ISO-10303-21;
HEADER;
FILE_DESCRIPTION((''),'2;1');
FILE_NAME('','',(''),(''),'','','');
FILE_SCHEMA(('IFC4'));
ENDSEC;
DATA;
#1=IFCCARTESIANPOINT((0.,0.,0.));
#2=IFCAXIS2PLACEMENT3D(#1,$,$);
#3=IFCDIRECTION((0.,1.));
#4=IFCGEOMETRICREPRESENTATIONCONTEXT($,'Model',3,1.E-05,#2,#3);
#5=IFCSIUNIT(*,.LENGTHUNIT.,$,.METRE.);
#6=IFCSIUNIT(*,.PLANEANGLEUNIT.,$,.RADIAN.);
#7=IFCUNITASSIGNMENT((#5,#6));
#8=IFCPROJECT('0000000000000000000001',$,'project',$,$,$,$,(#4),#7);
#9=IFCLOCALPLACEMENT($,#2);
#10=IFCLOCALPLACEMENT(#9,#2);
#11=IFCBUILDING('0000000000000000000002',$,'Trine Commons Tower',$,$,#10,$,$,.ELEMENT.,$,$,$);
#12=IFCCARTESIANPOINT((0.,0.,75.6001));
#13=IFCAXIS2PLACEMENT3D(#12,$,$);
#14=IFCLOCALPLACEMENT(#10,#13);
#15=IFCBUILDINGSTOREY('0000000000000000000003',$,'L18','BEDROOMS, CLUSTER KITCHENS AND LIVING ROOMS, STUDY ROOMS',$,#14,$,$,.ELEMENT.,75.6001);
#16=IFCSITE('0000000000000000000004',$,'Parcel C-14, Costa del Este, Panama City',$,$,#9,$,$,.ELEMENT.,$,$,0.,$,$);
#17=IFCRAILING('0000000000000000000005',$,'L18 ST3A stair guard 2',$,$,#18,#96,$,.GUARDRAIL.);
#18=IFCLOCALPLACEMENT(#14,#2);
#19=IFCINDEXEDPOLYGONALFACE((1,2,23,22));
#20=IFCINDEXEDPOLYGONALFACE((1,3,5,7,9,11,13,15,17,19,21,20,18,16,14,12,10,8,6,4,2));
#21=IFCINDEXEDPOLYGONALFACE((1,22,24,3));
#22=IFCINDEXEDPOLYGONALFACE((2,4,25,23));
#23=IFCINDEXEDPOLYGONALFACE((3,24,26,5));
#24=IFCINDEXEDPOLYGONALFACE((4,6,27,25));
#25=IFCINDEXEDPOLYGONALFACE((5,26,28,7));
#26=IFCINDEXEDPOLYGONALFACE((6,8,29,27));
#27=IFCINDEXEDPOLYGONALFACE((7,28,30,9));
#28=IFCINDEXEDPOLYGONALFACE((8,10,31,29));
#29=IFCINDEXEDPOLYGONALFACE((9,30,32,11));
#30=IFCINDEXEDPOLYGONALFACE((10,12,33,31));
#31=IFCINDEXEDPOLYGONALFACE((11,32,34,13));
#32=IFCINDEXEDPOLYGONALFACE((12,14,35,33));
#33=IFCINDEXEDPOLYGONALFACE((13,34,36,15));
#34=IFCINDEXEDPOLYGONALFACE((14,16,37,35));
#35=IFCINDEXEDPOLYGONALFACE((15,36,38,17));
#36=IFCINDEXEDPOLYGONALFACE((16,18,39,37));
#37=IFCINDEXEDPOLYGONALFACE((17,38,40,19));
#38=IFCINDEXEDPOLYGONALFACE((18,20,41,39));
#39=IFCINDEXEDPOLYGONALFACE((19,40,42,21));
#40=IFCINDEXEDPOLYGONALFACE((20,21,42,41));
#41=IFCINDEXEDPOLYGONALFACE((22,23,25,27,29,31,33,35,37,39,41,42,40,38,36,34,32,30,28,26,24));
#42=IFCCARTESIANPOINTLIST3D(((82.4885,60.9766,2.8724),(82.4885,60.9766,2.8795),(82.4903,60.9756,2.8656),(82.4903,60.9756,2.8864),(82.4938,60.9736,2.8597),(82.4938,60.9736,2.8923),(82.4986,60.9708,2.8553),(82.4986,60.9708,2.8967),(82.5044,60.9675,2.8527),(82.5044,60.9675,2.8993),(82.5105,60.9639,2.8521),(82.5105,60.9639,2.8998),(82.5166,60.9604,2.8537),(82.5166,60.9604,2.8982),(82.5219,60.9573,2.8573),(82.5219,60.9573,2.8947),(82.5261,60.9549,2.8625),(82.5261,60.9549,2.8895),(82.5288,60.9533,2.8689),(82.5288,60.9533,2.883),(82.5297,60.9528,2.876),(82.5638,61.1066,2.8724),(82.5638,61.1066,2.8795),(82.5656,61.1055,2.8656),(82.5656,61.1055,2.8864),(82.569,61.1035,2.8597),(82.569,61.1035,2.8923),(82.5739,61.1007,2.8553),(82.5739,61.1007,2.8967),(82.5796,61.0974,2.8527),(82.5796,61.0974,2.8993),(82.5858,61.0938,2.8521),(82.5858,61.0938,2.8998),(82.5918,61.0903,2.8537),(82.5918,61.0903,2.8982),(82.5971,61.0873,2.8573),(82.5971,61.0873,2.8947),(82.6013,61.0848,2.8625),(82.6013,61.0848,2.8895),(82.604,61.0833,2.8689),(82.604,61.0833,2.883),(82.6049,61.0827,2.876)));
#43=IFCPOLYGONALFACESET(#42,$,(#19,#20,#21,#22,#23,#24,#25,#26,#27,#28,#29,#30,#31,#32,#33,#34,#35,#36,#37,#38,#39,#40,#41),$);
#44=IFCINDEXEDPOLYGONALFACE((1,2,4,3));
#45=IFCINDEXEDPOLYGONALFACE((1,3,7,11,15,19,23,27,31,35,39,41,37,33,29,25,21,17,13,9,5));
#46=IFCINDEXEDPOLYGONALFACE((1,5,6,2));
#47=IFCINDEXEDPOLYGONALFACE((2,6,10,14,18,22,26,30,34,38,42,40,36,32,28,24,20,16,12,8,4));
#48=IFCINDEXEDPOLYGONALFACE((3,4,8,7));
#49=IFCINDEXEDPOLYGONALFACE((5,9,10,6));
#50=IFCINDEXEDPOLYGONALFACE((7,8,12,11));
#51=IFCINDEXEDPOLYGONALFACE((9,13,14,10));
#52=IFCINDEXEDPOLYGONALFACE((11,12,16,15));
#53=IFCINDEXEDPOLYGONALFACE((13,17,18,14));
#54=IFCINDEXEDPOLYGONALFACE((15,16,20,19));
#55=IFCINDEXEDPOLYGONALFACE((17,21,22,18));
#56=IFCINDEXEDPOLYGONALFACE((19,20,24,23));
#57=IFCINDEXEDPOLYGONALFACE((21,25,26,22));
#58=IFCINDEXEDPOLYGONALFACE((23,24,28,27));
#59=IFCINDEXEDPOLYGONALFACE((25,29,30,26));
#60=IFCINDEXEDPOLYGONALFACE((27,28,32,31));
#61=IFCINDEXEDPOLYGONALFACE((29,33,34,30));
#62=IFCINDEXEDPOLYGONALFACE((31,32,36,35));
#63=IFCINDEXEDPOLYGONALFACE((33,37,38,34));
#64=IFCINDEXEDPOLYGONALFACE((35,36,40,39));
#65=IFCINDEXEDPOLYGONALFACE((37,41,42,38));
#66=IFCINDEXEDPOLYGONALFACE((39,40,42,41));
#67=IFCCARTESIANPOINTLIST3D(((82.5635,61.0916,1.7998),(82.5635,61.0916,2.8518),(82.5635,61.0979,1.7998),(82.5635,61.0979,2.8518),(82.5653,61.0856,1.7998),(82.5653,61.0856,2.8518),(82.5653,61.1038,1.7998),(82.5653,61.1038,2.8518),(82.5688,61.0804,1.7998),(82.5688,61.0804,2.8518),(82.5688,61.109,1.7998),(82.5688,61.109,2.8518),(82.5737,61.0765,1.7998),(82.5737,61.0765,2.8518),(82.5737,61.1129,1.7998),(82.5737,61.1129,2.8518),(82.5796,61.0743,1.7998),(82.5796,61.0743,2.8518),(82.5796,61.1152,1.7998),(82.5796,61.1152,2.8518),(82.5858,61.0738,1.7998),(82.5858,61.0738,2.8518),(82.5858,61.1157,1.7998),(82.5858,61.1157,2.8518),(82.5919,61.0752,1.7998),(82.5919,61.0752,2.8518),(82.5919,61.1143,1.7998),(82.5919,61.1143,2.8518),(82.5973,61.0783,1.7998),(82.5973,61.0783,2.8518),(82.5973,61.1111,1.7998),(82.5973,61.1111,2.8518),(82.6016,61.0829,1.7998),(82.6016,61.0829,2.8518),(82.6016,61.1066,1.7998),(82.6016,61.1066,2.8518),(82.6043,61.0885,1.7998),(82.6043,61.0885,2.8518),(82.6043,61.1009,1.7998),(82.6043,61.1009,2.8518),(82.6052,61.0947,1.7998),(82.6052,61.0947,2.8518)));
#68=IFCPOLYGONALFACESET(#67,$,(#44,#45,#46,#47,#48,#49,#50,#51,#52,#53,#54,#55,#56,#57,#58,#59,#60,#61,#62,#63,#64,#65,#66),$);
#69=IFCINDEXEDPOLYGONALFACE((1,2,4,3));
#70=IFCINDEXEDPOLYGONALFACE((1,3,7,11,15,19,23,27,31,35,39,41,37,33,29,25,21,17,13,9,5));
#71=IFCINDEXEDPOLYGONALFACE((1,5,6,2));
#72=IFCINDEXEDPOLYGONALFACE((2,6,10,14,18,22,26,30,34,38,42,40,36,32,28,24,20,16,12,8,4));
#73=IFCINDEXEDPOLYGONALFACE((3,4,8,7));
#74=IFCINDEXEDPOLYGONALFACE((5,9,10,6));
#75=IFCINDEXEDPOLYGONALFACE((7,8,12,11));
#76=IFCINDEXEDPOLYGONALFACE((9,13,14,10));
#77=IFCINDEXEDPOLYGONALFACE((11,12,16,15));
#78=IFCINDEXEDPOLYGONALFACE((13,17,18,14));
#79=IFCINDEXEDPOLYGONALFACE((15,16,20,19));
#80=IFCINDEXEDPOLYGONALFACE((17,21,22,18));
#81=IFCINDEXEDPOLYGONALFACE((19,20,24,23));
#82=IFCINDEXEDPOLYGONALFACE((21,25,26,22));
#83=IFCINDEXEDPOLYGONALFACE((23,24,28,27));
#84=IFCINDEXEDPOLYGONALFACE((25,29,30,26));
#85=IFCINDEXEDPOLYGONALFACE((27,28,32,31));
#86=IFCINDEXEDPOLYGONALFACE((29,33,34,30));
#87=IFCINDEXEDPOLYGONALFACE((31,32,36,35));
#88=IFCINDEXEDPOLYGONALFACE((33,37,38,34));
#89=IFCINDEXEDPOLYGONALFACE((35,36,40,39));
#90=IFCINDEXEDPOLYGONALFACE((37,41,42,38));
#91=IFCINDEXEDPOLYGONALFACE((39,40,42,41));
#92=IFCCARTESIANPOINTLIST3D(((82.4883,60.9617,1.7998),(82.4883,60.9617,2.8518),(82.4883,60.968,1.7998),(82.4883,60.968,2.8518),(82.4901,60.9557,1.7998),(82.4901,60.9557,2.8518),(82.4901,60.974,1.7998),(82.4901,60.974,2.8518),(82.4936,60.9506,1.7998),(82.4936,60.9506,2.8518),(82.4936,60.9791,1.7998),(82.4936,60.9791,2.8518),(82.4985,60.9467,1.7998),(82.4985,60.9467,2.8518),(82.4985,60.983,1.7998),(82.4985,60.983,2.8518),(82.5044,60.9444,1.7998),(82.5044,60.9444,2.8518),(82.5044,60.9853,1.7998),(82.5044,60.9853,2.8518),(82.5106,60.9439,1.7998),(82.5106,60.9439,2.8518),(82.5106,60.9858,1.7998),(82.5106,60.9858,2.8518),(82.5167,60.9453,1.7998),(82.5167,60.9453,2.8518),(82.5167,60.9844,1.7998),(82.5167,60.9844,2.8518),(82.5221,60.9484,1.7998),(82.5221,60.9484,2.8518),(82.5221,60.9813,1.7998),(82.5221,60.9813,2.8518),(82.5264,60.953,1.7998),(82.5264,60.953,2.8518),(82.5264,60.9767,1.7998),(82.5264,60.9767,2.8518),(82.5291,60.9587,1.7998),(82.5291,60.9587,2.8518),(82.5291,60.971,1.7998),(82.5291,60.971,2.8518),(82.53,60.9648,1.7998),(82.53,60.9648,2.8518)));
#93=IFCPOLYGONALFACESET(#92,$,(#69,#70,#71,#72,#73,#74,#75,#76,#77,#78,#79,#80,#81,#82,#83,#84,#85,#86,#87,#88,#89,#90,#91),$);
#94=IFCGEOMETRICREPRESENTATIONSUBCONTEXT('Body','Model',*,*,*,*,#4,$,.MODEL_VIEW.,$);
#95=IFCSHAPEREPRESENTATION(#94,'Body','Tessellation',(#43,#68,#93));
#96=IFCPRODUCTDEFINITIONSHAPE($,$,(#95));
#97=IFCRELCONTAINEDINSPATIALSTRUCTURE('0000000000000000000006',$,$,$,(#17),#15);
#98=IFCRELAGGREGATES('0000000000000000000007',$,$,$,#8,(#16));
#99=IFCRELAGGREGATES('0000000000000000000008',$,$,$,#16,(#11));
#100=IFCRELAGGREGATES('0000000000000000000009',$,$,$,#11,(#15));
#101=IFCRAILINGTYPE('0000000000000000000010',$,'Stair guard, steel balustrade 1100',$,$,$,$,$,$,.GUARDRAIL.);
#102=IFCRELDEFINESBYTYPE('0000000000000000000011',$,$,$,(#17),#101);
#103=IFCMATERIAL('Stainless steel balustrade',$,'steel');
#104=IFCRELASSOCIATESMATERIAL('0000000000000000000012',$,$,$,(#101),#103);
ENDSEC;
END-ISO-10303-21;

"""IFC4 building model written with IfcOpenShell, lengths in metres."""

from ifc_helpers import new_model, si_unit, direction, frame, origin, origin_2d, place, context, subcontext, project, spatial, circle, extrude, material, type_object, element, save


model = new_model("IFC4")

# Units and contexts
model_context = context("Model", 3, precision=1e-05, world=origin(), true_north=direction((0.0, 1.0)))
body_context = subcontext(model_context, "Body", "Model", "MODEL_VIEW")
ifc_project = project(units=[si_unit("LENGTHUNIT", "METRE"), si_unit("PLANEANGLEUNIT", "RADIAN")], contexts=[model_context])

# Site, building, storey
site_placement = place(None, origin())
site = spatial("IfcSite", under=ifc_project, at=site_placement, Name="Parcel C-14, Costa del Este, Panama City", CompositionType="ELEMENT", RefElevation=0.0)
building_placement = place(site_placement, origin())
building = spatial("IfcBuilding", under=site, at=building_placement, Name="Trine Commons Tower", CompositionType="ELEMENT")
storey_placement = place(building_placement, frame((0.0, 0.0, 75.6001)))
storey = spatial("IfcBuildingStorey", under=building, at=storey_placement, Name="L18", Description="BEDROOMS, CLUSTER KITCHENS AND LIVING ROOMS, STUDY ROOMS", CompositionType="ELEMENT", Elevation=75.6001)

# Railing
ifc_material_1 = material(Name="Stainless steel balustrade", Category="steel")
railing_type_1 = type_object("IfcRailingType", Name="Stair guard, steel balustrade 1100", PredefinedType="GUARDRAIL", material=ifc_material_1)
railing_1_placement = place(storey_placement, frame((82.5842, 61.0947, 1.7998)))
element("IfcRailing", 1, at=railing_1_placement, inside=storey, type_object=railing_type_1, Name="L18 ST3A stair guard 2", PredefinedType="GUARDRAIL", context=body_context, shape_type="SweptSolid", body=[
    extrude(circle(Radius=0.0239, at=origin_2d()), frame((0.0, 0.0, 1.0762), z_axis=(-0.501036, -0.865426, 0.0), x_axis=(0.865426, -0.501036, 0.0)), (0.0, 0.0, 1.0), 0.1501),
    extrude(circle(Radius=0.021, at=origin_2d()), origin(), (0.0, 0.0, 1.0), 1.052),
    extrude(circle(Radius=0.021, at=origin_2d()), frame((-0.0752, -0.1299, 0.0)), (0.0, 0.0, 1.0), 1.052),
])

save(model, "model.ifc")
